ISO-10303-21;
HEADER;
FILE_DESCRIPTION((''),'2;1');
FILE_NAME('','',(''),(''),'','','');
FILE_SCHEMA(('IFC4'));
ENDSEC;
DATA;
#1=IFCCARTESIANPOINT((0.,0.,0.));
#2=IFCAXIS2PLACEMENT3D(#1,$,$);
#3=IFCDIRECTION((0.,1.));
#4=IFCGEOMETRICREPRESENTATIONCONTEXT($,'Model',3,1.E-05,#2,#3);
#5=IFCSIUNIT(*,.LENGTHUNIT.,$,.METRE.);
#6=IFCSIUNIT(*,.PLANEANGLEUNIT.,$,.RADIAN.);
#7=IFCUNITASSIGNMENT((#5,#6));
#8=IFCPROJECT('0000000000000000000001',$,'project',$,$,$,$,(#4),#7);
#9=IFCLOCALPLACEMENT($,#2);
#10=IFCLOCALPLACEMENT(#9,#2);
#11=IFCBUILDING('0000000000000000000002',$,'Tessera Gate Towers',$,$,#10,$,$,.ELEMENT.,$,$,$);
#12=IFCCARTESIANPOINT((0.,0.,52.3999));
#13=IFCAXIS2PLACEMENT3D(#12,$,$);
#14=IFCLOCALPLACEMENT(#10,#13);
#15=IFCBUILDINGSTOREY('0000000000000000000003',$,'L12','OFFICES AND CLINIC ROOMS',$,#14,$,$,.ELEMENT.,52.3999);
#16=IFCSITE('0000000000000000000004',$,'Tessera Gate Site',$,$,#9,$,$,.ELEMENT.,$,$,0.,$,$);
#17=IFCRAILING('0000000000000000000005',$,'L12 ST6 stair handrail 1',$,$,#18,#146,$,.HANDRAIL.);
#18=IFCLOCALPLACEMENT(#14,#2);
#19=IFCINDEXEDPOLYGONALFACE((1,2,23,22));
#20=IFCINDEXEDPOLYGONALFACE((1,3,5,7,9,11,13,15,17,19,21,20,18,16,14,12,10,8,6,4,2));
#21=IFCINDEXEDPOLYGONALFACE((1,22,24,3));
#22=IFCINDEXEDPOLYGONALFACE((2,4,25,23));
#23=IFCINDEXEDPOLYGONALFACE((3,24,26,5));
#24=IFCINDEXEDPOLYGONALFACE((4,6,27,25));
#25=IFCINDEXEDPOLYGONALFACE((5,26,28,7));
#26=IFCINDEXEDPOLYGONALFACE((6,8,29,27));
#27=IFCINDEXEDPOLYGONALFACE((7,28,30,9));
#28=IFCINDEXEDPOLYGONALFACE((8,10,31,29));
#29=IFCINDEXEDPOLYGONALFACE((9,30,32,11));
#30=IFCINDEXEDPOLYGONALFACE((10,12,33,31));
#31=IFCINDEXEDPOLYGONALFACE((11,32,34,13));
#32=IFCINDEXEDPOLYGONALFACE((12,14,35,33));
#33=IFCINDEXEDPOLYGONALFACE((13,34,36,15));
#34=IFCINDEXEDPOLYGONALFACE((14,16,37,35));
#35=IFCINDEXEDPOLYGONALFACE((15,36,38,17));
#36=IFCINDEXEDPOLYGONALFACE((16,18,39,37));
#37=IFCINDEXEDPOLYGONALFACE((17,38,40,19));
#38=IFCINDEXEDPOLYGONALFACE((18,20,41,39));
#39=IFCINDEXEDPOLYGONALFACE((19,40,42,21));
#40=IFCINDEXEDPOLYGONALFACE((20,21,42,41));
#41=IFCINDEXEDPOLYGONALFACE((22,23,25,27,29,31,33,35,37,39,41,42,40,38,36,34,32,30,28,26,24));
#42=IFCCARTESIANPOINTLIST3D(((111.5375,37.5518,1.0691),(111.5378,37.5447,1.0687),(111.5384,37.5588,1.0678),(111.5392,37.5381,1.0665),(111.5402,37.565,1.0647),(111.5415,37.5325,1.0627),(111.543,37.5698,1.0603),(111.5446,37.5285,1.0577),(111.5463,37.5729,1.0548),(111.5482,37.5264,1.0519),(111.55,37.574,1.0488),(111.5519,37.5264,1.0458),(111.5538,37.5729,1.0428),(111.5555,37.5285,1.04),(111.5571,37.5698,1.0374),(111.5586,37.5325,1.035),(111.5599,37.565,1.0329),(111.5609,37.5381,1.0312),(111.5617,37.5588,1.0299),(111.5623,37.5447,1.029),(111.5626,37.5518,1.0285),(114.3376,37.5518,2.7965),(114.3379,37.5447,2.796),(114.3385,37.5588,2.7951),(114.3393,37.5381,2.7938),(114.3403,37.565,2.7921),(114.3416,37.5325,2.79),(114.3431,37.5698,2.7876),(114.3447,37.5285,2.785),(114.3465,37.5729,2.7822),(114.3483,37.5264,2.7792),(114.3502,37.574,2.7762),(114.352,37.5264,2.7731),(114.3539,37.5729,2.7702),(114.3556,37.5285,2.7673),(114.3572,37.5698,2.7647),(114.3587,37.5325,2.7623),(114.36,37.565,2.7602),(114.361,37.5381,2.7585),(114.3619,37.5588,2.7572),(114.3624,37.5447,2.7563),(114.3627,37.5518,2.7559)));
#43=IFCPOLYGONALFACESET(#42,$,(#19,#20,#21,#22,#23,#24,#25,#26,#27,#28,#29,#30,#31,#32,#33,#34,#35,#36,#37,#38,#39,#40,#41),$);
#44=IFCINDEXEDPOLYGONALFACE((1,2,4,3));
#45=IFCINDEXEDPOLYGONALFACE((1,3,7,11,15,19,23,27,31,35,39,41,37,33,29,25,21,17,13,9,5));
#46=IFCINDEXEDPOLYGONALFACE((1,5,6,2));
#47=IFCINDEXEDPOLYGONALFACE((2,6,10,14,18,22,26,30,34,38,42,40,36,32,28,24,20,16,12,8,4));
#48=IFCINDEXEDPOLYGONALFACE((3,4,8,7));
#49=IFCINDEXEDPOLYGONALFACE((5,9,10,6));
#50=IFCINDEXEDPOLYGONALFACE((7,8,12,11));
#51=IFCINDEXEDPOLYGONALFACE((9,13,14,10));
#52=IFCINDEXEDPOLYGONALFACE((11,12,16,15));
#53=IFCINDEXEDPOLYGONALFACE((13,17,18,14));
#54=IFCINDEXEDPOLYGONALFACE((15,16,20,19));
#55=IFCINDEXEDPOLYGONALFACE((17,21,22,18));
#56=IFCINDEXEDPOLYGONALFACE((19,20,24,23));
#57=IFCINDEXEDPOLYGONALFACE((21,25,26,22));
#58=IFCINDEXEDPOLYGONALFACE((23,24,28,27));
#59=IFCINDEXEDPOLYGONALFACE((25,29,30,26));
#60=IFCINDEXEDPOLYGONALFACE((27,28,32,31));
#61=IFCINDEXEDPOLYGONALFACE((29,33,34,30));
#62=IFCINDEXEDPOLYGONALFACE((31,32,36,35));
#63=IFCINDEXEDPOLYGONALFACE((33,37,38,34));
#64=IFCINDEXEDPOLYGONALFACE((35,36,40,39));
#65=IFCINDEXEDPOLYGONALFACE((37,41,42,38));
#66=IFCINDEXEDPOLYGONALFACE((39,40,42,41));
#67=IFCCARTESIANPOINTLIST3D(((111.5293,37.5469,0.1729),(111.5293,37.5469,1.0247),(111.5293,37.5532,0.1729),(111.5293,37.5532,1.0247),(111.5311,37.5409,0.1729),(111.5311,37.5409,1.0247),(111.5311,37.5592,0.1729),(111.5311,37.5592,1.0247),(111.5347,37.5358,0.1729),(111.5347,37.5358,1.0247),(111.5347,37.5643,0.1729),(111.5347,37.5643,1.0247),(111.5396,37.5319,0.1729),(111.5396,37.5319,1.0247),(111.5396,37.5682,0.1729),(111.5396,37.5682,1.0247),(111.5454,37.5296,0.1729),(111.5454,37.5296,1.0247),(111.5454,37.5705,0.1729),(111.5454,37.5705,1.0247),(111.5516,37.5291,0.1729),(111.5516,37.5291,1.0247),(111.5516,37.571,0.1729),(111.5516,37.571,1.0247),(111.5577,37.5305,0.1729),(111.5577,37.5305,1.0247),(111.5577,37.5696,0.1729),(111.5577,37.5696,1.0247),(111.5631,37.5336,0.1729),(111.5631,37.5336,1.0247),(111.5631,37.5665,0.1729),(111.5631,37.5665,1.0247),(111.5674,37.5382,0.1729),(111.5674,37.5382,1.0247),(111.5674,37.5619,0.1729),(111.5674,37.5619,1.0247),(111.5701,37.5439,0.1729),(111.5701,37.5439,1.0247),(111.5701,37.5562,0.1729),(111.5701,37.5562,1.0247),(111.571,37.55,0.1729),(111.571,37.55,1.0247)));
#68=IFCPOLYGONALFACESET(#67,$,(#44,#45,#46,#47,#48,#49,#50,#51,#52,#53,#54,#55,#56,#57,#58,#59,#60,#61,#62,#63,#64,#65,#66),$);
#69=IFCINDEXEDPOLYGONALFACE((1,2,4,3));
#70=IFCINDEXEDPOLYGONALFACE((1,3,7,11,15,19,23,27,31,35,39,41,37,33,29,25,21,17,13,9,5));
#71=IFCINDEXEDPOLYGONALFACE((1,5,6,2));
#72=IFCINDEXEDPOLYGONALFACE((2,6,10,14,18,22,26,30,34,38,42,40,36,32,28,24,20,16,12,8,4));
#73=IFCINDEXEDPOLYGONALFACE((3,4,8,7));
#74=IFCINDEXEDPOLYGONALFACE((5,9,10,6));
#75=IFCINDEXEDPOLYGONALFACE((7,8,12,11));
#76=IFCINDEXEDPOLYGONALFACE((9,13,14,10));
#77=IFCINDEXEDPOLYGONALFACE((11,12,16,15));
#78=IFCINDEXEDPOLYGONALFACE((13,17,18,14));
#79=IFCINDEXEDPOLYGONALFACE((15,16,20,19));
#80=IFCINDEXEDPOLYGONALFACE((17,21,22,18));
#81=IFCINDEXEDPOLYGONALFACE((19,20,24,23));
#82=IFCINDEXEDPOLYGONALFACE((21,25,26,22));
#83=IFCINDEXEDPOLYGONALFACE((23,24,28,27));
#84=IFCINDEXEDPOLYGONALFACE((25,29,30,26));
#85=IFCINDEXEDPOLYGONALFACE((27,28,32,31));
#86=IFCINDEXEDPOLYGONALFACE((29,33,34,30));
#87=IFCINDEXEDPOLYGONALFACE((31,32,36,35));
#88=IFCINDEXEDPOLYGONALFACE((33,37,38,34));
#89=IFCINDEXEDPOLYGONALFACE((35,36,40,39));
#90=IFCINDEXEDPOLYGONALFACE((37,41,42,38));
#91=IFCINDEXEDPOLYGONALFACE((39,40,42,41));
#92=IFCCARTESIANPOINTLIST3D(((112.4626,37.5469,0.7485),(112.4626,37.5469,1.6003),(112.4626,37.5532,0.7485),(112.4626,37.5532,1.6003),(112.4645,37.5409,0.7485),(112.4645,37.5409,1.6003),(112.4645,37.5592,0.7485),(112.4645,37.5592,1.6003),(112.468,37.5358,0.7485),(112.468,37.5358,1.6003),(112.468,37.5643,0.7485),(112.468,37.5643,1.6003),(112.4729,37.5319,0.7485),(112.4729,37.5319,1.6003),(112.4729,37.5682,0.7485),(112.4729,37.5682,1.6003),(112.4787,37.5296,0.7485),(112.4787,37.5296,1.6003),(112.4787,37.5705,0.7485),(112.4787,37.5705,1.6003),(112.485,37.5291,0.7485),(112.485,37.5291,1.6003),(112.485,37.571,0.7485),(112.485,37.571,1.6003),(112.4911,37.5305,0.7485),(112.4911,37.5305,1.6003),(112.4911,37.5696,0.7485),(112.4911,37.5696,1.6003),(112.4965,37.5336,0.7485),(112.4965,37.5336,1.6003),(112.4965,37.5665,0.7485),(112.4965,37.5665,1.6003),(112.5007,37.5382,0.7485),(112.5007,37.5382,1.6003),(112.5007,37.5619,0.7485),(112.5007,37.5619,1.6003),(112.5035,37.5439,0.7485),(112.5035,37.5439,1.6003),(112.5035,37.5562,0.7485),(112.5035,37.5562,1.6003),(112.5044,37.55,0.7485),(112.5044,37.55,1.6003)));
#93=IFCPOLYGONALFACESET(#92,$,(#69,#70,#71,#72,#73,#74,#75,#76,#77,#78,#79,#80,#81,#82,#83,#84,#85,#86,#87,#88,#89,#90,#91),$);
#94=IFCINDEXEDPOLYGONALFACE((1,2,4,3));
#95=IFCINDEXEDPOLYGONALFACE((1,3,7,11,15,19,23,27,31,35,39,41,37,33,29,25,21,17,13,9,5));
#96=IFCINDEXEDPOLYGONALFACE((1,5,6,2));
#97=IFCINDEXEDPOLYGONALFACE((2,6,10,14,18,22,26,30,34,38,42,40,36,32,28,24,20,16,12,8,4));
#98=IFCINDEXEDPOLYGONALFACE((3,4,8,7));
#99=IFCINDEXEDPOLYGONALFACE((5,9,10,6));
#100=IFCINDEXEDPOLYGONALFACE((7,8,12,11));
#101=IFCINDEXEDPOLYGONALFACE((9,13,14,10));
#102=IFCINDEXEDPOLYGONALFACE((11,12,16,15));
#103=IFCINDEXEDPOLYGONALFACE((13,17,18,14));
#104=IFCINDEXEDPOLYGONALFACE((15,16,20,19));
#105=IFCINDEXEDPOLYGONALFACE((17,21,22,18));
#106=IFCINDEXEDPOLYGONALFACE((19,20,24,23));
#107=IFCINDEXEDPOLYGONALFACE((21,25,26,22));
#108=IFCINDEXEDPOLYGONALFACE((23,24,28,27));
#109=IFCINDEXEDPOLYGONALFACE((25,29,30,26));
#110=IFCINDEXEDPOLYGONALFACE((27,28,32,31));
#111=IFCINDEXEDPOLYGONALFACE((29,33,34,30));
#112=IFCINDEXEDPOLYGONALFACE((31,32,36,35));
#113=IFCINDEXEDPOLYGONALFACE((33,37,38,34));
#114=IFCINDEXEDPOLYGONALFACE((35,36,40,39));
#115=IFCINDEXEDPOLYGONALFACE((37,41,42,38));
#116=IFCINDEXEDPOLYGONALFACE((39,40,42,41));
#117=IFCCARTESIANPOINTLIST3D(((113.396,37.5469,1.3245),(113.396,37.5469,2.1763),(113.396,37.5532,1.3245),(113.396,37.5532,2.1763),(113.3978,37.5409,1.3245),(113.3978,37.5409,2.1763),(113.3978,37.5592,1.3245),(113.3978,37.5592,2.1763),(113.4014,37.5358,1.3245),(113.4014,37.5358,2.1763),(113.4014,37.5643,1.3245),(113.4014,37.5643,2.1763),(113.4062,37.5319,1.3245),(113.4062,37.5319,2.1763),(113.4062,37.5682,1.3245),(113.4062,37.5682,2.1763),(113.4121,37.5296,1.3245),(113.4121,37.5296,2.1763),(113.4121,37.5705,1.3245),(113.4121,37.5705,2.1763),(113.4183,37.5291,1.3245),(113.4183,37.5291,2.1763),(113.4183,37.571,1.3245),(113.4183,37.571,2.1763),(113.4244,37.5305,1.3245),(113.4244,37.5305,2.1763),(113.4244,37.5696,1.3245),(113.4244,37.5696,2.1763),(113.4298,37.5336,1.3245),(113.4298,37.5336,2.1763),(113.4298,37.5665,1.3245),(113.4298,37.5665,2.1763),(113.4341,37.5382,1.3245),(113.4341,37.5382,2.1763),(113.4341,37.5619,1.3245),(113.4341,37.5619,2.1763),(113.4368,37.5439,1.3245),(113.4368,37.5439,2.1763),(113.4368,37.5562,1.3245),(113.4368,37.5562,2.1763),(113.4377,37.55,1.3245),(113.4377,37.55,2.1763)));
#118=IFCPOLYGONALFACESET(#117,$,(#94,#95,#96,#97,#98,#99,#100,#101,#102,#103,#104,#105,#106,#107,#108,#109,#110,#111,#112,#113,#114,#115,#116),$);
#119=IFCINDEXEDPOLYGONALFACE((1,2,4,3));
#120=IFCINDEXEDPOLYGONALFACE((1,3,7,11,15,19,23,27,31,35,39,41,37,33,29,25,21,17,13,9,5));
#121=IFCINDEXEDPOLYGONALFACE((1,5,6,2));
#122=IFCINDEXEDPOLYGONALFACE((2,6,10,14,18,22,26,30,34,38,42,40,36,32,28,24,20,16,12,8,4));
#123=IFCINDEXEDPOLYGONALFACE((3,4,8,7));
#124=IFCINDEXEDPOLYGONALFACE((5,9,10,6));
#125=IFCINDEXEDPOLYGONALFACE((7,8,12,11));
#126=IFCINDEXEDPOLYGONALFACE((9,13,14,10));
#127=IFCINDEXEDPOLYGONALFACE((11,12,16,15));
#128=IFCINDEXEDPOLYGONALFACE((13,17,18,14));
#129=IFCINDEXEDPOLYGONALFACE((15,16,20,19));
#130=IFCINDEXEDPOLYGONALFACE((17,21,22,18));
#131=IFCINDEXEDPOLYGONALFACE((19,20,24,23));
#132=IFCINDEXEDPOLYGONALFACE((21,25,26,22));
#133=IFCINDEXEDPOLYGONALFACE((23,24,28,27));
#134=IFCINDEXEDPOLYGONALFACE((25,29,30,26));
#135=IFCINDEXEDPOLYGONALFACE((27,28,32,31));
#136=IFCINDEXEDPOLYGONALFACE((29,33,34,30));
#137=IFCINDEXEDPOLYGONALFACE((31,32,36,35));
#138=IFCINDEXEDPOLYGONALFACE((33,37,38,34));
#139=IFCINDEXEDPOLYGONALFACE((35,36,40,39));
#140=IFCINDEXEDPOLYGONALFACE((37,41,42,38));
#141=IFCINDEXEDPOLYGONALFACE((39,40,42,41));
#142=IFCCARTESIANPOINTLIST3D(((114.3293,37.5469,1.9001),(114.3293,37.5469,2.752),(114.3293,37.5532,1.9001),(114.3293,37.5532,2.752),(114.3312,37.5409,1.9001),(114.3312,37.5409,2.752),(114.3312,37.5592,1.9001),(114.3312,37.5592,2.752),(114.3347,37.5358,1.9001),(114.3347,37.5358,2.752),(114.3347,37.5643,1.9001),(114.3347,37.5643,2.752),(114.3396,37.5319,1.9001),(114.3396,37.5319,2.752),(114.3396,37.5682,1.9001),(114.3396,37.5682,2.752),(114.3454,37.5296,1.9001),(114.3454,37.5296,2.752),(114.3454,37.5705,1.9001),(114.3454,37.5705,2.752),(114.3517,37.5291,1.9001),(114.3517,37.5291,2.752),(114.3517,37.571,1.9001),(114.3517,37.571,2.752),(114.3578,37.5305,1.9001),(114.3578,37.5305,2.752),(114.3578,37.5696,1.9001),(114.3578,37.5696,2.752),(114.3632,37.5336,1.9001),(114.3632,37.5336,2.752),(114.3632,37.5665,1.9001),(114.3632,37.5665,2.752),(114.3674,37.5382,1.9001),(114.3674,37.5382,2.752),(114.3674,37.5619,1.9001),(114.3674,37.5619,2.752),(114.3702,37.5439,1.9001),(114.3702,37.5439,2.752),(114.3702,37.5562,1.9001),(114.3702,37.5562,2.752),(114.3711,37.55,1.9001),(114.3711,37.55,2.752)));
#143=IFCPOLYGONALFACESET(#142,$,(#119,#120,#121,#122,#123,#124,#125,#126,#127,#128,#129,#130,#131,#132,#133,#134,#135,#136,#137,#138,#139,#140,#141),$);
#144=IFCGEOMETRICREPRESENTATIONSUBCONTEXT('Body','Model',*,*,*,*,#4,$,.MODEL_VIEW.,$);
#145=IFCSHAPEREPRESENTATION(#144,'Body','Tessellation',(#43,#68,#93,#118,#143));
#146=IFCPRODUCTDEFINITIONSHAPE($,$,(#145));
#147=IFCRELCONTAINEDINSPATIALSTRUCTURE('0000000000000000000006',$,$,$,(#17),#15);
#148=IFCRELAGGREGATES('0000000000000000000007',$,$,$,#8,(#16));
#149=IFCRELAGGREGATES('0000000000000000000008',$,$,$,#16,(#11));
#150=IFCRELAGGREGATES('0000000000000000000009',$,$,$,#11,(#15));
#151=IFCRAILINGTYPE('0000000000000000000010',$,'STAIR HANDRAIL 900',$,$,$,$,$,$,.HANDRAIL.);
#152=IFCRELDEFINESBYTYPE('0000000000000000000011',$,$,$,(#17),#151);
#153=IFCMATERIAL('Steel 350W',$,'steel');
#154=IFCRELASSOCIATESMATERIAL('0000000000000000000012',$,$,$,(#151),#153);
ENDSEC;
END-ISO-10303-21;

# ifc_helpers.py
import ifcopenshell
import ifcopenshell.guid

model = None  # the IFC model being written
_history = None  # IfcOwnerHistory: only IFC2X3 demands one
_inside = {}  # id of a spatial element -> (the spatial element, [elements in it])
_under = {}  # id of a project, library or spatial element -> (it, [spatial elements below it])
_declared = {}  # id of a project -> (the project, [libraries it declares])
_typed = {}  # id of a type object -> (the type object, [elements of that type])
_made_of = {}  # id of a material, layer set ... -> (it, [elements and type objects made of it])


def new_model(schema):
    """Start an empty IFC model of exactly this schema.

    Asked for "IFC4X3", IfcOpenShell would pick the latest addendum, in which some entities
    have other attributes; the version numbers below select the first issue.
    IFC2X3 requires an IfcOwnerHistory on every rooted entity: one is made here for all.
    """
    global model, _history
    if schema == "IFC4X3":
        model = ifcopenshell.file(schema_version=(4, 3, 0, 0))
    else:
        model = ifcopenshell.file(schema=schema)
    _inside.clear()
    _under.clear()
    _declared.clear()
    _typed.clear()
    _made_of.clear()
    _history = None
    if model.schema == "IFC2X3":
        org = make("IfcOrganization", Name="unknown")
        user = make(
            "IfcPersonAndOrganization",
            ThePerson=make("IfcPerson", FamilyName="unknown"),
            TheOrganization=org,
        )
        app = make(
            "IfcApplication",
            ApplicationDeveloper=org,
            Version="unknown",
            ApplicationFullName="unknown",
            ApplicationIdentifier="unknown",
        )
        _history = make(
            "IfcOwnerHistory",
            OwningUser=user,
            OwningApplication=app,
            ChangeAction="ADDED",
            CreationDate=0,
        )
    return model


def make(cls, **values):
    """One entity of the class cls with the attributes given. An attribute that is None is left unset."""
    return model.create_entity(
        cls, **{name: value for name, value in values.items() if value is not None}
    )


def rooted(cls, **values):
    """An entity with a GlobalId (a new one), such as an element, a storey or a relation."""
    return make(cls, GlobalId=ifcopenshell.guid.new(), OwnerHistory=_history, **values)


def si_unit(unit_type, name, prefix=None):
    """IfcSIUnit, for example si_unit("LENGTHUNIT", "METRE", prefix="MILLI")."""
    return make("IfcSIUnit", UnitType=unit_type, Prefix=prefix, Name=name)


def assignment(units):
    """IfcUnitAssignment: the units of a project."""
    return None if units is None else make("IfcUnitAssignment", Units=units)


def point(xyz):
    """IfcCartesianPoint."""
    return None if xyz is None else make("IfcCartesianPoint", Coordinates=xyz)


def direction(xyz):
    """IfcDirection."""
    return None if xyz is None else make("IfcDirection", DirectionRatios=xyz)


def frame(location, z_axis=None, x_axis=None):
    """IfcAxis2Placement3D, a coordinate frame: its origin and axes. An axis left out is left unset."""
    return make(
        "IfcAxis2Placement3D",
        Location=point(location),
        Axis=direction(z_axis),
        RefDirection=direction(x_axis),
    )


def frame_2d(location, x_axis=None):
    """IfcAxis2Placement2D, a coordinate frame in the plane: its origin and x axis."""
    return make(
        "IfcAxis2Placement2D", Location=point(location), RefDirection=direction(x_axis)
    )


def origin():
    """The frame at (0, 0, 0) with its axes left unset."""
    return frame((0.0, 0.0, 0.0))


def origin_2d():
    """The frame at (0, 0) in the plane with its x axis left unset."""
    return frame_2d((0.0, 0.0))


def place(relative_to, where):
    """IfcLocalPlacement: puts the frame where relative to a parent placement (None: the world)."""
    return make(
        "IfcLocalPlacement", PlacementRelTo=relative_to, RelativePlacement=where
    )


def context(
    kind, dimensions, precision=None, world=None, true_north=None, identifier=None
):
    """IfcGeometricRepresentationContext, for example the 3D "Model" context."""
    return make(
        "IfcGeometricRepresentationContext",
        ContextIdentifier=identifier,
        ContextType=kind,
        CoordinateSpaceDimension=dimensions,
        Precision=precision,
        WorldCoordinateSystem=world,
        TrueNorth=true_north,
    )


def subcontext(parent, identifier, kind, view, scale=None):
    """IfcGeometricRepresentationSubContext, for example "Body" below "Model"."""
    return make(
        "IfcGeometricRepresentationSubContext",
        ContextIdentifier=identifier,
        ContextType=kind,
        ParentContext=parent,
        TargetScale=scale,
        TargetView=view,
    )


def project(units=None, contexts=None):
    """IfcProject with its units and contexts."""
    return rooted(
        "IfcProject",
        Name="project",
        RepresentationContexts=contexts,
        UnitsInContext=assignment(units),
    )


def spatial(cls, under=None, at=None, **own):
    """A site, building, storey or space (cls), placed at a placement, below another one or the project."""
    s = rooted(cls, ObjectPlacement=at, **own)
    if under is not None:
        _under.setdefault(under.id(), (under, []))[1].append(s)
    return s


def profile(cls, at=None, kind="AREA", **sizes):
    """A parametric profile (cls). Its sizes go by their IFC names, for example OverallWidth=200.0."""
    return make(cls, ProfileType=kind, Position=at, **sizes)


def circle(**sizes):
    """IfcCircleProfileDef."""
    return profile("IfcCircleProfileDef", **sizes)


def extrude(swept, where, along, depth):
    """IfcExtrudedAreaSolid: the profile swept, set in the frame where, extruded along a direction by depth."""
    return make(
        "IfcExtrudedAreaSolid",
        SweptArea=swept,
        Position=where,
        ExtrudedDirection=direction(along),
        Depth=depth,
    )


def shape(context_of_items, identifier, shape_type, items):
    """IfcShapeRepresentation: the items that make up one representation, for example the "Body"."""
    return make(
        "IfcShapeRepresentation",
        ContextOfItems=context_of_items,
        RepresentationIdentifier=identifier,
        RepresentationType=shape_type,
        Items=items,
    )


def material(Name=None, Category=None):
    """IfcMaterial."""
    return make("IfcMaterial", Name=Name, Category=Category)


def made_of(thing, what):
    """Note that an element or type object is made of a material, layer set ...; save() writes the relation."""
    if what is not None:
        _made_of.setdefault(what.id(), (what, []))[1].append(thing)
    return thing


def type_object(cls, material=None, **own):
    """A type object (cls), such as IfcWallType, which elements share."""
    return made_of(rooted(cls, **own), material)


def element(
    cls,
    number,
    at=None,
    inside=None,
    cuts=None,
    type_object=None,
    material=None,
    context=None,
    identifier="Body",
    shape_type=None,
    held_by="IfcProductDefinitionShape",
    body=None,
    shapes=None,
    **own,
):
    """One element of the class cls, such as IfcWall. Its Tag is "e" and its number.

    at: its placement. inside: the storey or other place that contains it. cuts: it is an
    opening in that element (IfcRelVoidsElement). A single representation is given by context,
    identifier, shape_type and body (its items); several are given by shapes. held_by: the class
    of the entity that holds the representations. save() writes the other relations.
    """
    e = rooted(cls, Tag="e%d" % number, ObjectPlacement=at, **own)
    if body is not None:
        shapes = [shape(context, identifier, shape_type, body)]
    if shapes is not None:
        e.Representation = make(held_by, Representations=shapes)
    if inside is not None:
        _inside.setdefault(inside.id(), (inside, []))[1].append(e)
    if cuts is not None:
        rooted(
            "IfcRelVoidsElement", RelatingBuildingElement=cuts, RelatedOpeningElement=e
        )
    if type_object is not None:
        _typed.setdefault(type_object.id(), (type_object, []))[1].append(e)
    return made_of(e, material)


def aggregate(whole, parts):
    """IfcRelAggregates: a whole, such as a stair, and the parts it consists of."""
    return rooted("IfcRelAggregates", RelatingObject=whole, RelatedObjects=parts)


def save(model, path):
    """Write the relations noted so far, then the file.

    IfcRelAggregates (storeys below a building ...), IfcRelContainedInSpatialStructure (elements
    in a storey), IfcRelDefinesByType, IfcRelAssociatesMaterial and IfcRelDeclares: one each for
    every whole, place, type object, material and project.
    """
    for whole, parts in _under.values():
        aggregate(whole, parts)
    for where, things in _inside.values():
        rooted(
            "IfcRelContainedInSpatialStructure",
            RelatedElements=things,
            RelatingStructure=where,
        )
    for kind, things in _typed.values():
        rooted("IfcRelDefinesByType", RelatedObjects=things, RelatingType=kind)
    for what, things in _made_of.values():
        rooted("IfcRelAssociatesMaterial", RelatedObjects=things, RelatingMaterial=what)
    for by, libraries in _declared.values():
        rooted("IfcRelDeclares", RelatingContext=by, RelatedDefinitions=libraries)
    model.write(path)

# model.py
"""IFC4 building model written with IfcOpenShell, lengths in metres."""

from ifc_helpers import new_model, si_unit, direction, frame, origin, origin_2d, place, context, subcontext, project, spatial, circle, extrude, material, type_object, element, save


model = new_model("IFC4")

# Units and contexts
model_context = context("Model", 3, precision=1e-05, world=origin(), true_north=direction((0.0, 1.0)))
body_context = subcontext(model_context, "Body", "Model", "MODEL_VIEW")
ifc_project = project(units=[si_unit("LENGTHUNIT", "METRE"), si_unit("PLANEANGLEUNIT", "RADIAN")], contexts=[model_context])

# Site, building, storey
site_placement = place(None, origin())
site = spatial("IfcSite", under=ifc_project, at=site_placement, Name="Tessera Gate Site", CompositionType="ELEMENT", RefElevation=0.0)
building_placement = place(site_placement, origin())
building = spatial("IfcBuilding", under=site, at=building_placement, Name="Tessera Gate Towers", CompositionType="ELEMENT")
storey_placement = place(building_placement, frame((0.0, 0.0, 52.3999)))
storey = spatial("IfcBuildingStorey", under=building, at=storey_placement, Name="L12", Description="OFFICES AND CLINIC ROOMS", CompositionType="ELEMENT", Elevation=52.3999)

# Railing
ifc_material_1 = material(Name="Steel 350W", Category="steel")
railing_type_1 = type_object("IfcRailingType", Name="STAIR HANDRAIL 900", PredefinedType="HANDRAIL", material=ifc_material_1)
railing_1_placement = place(storey_placement, frame((111.55, 37.55, 0.1729)))
element("IfcRailing", 1, at=railing_1_placement, inside=storey, type_object=railing_type_1, Name="L12 ST6 stair handrail 1", PredefinedType="HANDRAIL", context=body_context, shape_type="SweptSolid", body=[
    extrude(circle(Radius=0.0239, at=origin_2d()), frame((0.0, 0.0, 0.876), z_axis=(0.85109, 0.0, 0.52502), x_axis=(0.0, 1.0, 0.0)), (0.0, 0.0, 1.0), 3.29),
    extrude(circle(Radius=0.021, at=origin_2d()), origin(), (0.0, 0.0, 1.0), 0.8518),
    extrude(circle(Radius=0.021, at=origin_2d()), frame((0.9333, 0.0, 0.5757)), (0.0, 0.0, 1.0), 0.8518),
    extrude(circle(Radius=0.021, at=origin_2d()), frame((1.8667, 0.0, 1.1516)), (0.0, 0.0, 1.0), 0.8518),
    extrude(circle(Radius=0.021, at=origin_2d()), frame((2.8, 0.0, 1.7273)), (0.0, 0.0, 1.0), 0.8518),
])

save(model, "model.ifc")
